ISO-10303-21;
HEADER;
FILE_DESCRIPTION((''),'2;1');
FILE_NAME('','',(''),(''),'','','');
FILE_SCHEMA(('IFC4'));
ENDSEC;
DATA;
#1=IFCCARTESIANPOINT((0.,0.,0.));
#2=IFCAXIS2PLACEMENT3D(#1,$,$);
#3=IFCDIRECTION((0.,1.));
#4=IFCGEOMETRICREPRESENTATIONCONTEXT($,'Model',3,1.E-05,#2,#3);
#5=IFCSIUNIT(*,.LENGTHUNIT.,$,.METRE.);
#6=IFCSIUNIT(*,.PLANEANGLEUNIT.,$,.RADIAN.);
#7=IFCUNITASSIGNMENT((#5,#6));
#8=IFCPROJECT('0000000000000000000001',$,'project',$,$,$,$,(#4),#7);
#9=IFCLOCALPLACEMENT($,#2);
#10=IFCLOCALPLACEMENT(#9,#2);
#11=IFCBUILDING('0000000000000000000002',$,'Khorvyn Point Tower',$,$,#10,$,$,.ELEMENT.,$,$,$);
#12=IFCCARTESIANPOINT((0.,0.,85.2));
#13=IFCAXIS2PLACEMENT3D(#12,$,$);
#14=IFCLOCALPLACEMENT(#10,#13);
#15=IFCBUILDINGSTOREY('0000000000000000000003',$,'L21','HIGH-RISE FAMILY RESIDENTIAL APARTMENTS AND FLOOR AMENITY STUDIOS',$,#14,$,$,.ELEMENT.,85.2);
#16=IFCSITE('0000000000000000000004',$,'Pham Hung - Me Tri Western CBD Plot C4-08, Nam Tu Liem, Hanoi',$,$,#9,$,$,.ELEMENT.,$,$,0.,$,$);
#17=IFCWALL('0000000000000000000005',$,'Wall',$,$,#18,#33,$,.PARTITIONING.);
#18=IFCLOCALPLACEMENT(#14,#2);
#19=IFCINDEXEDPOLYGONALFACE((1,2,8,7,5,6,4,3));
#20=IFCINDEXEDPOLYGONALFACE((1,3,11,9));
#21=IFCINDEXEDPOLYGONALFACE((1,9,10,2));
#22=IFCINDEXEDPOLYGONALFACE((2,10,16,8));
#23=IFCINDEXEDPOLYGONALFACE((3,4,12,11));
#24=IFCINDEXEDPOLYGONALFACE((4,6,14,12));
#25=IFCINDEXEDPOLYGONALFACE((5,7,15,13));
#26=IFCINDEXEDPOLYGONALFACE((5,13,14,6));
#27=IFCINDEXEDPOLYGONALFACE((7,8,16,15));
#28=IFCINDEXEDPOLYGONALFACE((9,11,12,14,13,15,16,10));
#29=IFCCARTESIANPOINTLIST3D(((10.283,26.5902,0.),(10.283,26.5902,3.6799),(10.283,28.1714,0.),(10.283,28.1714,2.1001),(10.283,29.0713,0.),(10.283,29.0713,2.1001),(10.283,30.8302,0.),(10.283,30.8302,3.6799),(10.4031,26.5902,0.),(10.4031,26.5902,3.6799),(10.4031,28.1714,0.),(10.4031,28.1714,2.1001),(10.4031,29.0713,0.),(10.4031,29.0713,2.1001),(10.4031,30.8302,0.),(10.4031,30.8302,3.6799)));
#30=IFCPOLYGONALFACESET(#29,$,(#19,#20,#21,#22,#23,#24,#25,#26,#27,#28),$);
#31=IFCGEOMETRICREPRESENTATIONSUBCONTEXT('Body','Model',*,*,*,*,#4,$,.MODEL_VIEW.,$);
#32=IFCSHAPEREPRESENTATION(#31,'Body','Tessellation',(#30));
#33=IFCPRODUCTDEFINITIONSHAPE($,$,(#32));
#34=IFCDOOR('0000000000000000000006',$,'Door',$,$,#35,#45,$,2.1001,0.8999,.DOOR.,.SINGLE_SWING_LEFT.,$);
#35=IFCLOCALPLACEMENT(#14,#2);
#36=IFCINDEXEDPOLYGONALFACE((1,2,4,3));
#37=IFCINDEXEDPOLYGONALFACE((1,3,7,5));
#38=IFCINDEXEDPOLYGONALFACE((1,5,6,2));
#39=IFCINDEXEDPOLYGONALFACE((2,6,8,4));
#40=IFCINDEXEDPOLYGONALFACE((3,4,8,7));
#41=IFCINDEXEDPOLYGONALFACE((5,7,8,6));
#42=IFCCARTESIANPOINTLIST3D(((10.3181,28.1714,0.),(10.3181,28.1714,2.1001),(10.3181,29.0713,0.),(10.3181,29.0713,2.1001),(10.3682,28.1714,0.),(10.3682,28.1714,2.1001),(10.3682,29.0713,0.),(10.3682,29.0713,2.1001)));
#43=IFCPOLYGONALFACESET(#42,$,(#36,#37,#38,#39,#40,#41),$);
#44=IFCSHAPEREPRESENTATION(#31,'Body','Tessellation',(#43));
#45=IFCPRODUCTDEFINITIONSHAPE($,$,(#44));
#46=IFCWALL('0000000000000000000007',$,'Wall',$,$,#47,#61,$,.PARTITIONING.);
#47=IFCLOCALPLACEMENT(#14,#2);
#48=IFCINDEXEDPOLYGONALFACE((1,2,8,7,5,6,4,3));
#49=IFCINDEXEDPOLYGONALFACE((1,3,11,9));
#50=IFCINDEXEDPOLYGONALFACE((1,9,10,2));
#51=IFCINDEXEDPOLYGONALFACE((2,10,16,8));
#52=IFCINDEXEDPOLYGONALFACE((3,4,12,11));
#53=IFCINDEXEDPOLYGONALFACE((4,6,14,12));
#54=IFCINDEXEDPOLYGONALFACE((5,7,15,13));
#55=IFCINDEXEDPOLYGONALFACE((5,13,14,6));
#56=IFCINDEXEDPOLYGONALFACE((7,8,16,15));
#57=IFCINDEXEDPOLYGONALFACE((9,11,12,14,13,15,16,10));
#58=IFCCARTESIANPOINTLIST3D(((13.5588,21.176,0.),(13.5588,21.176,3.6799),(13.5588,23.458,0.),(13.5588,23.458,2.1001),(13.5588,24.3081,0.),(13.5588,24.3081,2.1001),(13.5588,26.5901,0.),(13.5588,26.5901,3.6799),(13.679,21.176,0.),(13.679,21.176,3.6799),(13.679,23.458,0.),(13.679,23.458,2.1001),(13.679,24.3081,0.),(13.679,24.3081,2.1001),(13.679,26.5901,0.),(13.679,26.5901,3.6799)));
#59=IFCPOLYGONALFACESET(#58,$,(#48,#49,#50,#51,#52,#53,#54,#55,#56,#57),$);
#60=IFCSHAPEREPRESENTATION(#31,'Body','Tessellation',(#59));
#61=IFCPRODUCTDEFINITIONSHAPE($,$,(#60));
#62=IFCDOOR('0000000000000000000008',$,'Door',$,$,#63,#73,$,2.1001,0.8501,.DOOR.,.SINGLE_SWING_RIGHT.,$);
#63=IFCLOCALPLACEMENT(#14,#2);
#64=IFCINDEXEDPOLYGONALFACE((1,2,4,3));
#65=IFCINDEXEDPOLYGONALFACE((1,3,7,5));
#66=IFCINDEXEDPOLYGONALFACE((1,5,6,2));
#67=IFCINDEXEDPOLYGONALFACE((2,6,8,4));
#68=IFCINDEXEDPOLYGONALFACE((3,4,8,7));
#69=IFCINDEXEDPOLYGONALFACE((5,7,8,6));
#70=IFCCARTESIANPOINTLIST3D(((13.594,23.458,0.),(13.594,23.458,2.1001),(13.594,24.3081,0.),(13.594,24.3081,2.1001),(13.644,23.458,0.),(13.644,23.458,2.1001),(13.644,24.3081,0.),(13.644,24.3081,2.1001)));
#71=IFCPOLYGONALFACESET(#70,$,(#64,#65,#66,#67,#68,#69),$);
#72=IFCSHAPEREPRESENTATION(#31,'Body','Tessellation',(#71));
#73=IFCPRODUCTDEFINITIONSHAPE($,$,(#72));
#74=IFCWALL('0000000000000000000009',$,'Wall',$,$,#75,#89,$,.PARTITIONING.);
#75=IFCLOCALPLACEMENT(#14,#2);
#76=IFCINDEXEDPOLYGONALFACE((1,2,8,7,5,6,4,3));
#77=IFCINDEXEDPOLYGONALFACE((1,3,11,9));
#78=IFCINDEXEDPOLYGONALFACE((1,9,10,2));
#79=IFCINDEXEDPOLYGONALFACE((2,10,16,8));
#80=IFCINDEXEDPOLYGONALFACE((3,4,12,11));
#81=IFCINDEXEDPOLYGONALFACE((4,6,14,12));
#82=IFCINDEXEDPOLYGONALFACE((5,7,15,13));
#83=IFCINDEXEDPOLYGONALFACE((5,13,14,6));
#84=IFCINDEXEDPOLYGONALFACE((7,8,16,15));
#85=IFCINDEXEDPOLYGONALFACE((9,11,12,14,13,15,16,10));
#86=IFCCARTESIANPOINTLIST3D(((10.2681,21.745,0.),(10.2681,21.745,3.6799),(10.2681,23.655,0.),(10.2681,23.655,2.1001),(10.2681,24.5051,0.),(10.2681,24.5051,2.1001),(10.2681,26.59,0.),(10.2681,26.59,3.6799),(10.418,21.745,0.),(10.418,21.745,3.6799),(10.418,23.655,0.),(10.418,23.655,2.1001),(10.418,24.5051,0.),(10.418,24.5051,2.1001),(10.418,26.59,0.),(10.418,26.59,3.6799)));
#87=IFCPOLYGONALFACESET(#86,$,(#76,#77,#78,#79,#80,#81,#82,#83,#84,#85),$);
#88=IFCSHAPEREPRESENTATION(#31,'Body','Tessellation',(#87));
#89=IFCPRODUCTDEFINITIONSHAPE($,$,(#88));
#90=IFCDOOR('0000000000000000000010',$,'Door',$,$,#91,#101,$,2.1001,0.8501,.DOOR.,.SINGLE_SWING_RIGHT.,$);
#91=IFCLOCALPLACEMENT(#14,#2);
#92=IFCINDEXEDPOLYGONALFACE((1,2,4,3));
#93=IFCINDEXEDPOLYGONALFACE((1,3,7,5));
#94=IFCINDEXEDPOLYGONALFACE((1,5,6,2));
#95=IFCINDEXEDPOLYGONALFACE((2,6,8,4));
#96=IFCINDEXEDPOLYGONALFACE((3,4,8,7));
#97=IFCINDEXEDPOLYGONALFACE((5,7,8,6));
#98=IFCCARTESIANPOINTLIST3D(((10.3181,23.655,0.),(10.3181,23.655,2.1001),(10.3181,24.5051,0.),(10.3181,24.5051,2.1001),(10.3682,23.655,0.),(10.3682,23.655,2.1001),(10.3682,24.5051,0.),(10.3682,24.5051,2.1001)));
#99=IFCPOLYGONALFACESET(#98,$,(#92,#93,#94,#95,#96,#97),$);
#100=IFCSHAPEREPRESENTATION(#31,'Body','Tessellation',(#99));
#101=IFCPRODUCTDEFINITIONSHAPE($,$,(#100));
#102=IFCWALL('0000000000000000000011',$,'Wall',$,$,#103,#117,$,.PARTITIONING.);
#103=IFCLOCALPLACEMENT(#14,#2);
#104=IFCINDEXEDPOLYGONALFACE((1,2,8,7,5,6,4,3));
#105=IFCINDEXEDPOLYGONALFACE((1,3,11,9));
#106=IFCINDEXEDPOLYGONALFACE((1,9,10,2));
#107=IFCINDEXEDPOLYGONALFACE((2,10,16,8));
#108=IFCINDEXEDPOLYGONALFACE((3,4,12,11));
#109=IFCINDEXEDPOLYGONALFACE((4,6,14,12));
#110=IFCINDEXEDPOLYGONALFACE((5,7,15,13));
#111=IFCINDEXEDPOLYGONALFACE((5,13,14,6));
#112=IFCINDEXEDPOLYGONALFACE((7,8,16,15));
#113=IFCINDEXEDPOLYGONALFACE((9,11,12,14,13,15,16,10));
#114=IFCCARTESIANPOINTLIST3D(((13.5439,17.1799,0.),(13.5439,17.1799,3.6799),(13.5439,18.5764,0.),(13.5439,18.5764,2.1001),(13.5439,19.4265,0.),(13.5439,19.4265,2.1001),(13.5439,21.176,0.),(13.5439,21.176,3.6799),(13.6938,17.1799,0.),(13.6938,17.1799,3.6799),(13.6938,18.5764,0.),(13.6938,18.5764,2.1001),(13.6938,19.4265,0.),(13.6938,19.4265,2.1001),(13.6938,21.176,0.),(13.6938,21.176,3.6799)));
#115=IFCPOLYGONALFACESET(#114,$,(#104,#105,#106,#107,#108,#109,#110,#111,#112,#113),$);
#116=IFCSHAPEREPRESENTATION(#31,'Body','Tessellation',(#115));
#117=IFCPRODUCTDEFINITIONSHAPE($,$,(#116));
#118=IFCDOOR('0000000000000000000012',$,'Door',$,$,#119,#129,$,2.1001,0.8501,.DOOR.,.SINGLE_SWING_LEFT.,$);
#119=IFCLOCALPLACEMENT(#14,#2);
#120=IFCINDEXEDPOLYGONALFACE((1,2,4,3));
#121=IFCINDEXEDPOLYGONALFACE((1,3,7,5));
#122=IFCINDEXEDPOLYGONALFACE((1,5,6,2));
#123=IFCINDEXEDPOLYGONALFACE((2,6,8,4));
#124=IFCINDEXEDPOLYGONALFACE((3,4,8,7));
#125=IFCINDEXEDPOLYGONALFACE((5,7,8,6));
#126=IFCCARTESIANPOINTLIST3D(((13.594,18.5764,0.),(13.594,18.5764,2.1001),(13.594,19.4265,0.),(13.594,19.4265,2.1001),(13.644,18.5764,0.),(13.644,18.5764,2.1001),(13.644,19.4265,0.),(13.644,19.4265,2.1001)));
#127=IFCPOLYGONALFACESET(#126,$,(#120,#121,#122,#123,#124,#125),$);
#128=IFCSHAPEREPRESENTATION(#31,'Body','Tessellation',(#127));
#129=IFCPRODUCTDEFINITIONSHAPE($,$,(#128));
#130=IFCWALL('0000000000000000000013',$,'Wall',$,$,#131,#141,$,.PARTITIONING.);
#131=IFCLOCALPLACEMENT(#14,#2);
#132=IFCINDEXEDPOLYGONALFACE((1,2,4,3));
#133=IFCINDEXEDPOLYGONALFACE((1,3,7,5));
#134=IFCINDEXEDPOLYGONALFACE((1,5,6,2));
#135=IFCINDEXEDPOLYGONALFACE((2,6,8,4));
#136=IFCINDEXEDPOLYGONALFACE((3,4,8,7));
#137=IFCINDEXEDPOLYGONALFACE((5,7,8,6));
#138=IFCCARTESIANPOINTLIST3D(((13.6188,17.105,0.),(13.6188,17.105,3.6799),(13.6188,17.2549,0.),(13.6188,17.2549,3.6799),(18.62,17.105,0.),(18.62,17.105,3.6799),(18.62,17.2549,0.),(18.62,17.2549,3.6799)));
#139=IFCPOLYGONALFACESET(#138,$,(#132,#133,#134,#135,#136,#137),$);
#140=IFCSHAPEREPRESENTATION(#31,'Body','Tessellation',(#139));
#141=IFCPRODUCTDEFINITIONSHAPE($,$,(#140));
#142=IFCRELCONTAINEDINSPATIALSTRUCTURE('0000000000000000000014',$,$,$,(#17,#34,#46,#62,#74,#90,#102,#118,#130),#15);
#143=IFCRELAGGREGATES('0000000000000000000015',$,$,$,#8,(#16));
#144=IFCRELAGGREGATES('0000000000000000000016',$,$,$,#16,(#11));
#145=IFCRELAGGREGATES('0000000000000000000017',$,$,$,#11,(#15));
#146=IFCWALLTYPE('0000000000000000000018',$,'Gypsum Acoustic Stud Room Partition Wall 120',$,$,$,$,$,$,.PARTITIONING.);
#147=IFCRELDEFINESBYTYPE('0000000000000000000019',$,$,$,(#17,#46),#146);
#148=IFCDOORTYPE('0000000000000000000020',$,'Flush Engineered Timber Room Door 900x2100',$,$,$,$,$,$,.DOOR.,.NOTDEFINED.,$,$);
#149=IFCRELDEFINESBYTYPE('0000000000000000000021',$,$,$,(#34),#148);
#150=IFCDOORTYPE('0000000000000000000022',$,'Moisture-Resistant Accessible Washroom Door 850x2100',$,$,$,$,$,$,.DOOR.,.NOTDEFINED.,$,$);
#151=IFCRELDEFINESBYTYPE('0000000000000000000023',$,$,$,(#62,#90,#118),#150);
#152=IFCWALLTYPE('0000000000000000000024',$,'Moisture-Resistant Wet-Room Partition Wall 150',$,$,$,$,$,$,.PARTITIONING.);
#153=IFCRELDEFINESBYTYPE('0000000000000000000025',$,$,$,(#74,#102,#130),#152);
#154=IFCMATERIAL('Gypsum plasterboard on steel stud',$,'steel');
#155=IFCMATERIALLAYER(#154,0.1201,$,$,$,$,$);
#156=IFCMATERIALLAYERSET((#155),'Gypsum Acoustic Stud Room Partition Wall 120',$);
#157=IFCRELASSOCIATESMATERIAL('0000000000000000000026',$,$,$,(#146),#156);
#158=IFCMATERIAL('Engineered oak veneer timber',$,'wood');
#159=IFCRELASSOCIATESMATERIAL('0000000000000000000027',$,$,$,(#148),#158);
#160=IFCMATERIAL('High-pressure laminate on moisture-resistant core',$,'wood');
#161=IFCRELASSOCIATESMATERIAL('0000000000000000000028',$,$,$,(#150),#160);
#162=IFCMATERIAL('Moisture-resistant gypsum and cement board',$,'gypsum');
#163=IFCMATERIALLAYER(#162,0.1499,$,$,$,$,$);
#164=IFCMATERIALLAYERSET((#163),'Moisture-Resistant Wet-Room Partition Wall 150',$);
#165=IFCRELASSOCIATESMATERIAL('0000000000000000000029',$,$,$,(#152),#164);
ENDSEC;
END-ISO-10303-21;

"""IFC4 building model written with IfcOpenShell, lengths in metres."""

from ifc_helpers import new_model, si_unit, direction, frame, frame_2d, origin, place, context, subcontext, project, spatial, rectangle, extrude, material, layer, layer_set, type_object, element, fill, save


model = new_model("IFC4")

# Units and contexts
model_context = context("Model", 3, precision=1e-05, world=origin(), true_north=direction((0.0, 1.0)))
body_context = subcontext(model_context, "Body", "Model", "MODEL_VIEW")
ifc_project = project(units=[si_unit("LENGTHUNIT", "METRE"), si_unit("PLANEANGLEUNIT", "RADIAN")], contexts=[model_context])

# Site, building, storey
site_placement = place(None, origin())
site = spatial("IfcSite", under=ifc_project, at=site_placement, Name="Pham Hung - Me Tri Western CBD Plot C4-08, Nam Tu Liem, Hanoi", CompositionType="ELEMENT", RefElevation=0.0)
building_placement = place(site_placement, origin())
building = spatial("IfcBuilding", under=site, at=building_placement, Name="Khorvyn Point Tower", CompositionType="ELEMENT")
storey_placement = place(building_placement, frame((0.0, 0.0, 85.2)))
storey = spatial("IfcBuildingStorey", under=building, at=storey_placement, Name="L21", Description="HIGH-RISE FAMILY RESIDENTIAL APARTMENTS AND FLOOR AMENITY STUDIOS", CompositionType="ELEMENT", Elevation=85.2)

# Walls, openings, doors
ifc_material_1 = material(Name="Gypsum plasterboard on steel stud", Category="steel")
ifc_layer_1 = layer(ifc_material_1, 0.1201)
ifc_layer_set_1 = layer_set([ifc_layer_1], Name="Gypsum Acoustic Stud Room Partition Wall 120")
wall_type_1 = type_object("IfcWallType", Name="Gypsum Acoustic Stud Room Partition Wall 120", PredefinedType="PARTITIONING", material=ifc_layer_set_1)
wall_1_placement = place(storey_placement, frame((10.343, 26.5901, 0.0), z_axis=(0.0, 0.0, 1.0), x_axis=(0.0, 1.0, 0.0)))
wall_1 = element("IfcWall", 1, at=wall_1_placement, inside=storey, type_object=wall_type_1, Name="Wall", PredefinedType="PARTITIONING", context=body_context, shape_type="SweptSolid", body=[
    extrude(rectangle(XDim=4.24, YDim=0.1201, at=frame_2d((2.1201, 0.0))), origin(), (0.0, 0.0, 1.0), 3.6799),
])
opening_1_placement = place(wall_1_placement, frame((1.5813, 0.0, 0.0)))
opening_1 = element("IfcOpeningElement", 2, at=opening_1_placement, cuts=wall_1, PredefinedType="OPENING", context=body_context, shape_type="SweptSolid", body=[
    extrude(rectangle(XDim=0.8999, YDim=2.1001, at=frame_2d((0.45, 1.05))), frame((0.0, 0.0701, 0.0), z_axis=(0.0, -1.0, 0.0), x_axis=(1.0, 0.0, 0.0)), (0.0, 0.0, 1.0), 0.1401),
])
ifc_material_2 = material(Name="Engineered oak veneer timber", Category="wood")
door_type_1 = type_object("IfcDoorType", Name="Flush Engineered Timber Room Door 900x2100", OperationType="NOTDEFINED", PredefinedType="DOOR", material=ifc_material_2)
door_1_placement = place(opening_1_placement, origin())
door_1 = element("IfcDoor", 3, at=door_1_placement, inside=storey, type_object=door_type_1, Name="Door", OperationType="SINGLE_SWING_LEFT", OverallHeight=2.1001, OverallWidth=0.8999, PredefinedType="DOOR", context=body_context, shape_type="SweptSolid", body=[
    extrude(rectangle(XDim=0.8999, YDim=2.1001, at=frame_2d((0.45, 1.05))), frame((0.0, 0.0249, 0.0), z_axis=(0.0, -1.0, 0.0), x_axis=(1.0, 0.0, 0.0)), (0.0, 0.0, 1.0), 0.05),
])
fill(opening_1, door_1)
wall_2_placement = place(storey_placement, frame((13.6189, 21.176, 0.0), z_axis=(0.0, 0.0, 1.0), x_axis=(0.0, 1.0, 0.0)))
wall_2 = element("IfcWall", 4, at=wall_2_placement, inside=storey, type_object=wall_type_1, Name="Wall", PredefinedType="PARTITIONING", context=body_context, shape_type="SweptSolid", body=[
    extrude(rectangle(XDim=5.4141, YDim=0.1201, at=frame_2d((2.707, 0.0))), origin(), (0.0, 0.0, 1.0), 3.6799),
])
opening_2_placement = place(wall_2_placement, frame((2.282, 0.0, 0.0)))
opening_2 = element("IfcOpeningElement", 5, at=opening_2_placement, cuts=wall_2, PredefinedType="OPENING", context=body_context, shape_type="SweptSolid", body=[
    extrude(rectangle(XDim=0.8501, YDim=2.1001, at=frame_2d((0.425, 1.05))), frame((0.0, 0.0701, 0.0), z_axis=(0.0, -1.0, 0.0), x_axis=(1.0, 0.0, 0.0)), (0.0, 0.0, 1.0), 0.1401),
])
ifc_material_3 = material(Name="High-pressure laminate on moisture-resistant core", Category="wood")
door_type_2 = type_object("IfcDoorType", Name="Moisture-Resistant Accessible Washroom Door 850x2100", OperationType="NOTDEFINED", PredefinedType="DOOR", material=ifc_material_3)
door_2_placement = place(opening_2_placement, origin())
door_2 = element("IfcDoor", 6, at=door_2_placement, inside=storey, type_object=door_type_2, Name="Door", OperationType="SINGLE_SWING_RIGHT", OverallHeight=2.1001, OverallWidth=0.8501, PredefinedType="DOOR", context=body_context, shape_type="SweptSolid", body=[
    extrude(rectangle(XDim=0.8501, YDim=2.1001, at=frame_2d((0.425, 1.05))), frame((0.0, 0.0249, 0.0), z_axis=(0.0, -1.0, 0.0), x_axis=(1.0, 0.0, 0.0)), (0.0, 0.0, 1.0), 0.05),
])
fill(opening_2, door_2)
ifc_material_4 = material(Name="Moisture-resistant gypsum and cement board", Category="gypsum")
ifc_layer_2 = layer(ifc_material_4, 0.1499)
ifc_layer_set_2 = layer_set([ifc_layer_2], Name="Moisture-Resistant Wet-Room Partition Wall 150")
wall_type_2 = type_object("IfcWallType", Name="Moisture-Resistant Wet-Room Partition Wall 150", PredefinedType="PARTITIONING", material=ifc_layer_set_2)
wall_3_placement = place(storey_placement, frame((10.343, 21.7451, 0.0), z_axis=(0.0, 0.0, 1.0), x_axis=(0.0, 1.0, 0.0)))
wall_3 = element("IfcWall", 7, at=wall_3_placement, inside=storey, type_object=wall_type_2, Name="Wall", PredefinedType="PARTITIONING", context=body_context, shape_type="SweptSolid", body=[
    extrude(rectangle(XDim=4.845, YDim=0.1499, at=frame_2d((2.4224, 0.0))), origin(), (0.0, 0.0, 1.0), 3.6799),
])
opening_3_placement = place(wall_3_placement, frame((1.9099, 0.0, 0.0)))
opening_3 = element("IfcOpeningElement", 8, at=opening_3_placement, cuts=wall_3, PredefinedType="OPENING", context=body_context, shape_type="SweptSolid", body=[
    extrude(rectangle(XDim=0.8501, YDim=2.1001, at=frame_2d((0.425, 1.05))), frame((0.0, 0.085, 0.0), z_axis=(0.0, -1.0, 0.0), x_axis=(1.0, 0.0, 0.0)), (0.0, 0.0, 1.0), 0.1699),
])
door_3_placement = place(opening_3_placement, origin())
door_3 = element("IfcDoor", 9, at=door_3_placement, inside=storey, type_object=door_type_2, Name="Door", OperationType="SINGLE_SWING_RIGHT", OverallHeight=2.1001, OverallWidth=0.8501, PredefinedType="DOOR", context=body_context, shape_type="SweptSolid", body=[
    extrude(rectangle(XDim=0.8501, YDim=2.1001, at=frame_2d((0.425, 1.05))), frame((0.0, 0.0249, 0.0), z_axis=(0.0, -1.0, 0.0), x_axis=(1.0, 0.0, 0.0)), (0.0, 0.0, 1.0), 0.05),
])
fill(opening_3, door_3)
wall_4_placement = place(storey_placement, frame((13.6189, 17.1799, 0.0), z_axis=(0.0, 0.0, 1.0), x_axis=(0.0, 1.0, 0.0)))
wall_4 = element("IfcWall", 10, at=wall_4_placement, inside=storey, type_object=wall_type_2, Name="Wall", PredefinedType="PARTITIONING", context=body_context, shape_type="SweptSolid", body=[
    extrude(rectangle(XDim=3.9961, YDim=0.1499, at=frame_2d((1.998, 0.0))), origin(), (0.0, 0.0, 1.0), 3.6799),
])
opening_4_placement = place(wall_4_placement, frame((1.3965, 0.0, 0.0)))
opening_4 = element("IfcOpeningElement", 11, at=opening_4_placement, cuts=wall_4, PredefinedType="OPENING", context=body_context, shape_type="SweptSolid", body=[
    extrude(rectangle(XDim=0.8501, YDim=2.1001, at=frame_2d((0.425, 1.05))), frame((0.0, 0.085, 0.0), z_axis=(0.0, -1.0, 0.0), x_axis=(1.0, 0.0, 0.0)), (0.0, 0.0, 1.0), 0.1699),
])
door_4_placement = place(opening_4_placement, origin())
door_4 = element("IfcDoor", 12, at=door_4_placement, inside=storey, type_object=door_type_2, Name="Door", OperationType="SINGLE_SWING_LEFT", OverallHeight=2.1001, OverallWidth=0.8501, PredefinedType="DOOR", context=body_context, shape_type="SweptSolid", body=[
    extrude(rectangle(XDim=0.8501, YDim=2.1001, at=frame_2d((0.425, 1.05))), frame((0.0, 0.0249, 0.0), z_axis=(0.0, -1.0, 0.0), x_axis=(1.0, 0.0, 0.0)), (0.0, 0.0, 1.0), 0.05),
])
fill(opening_4, door_4)

# Wall
wall_5_placement = place(storey_placement, frame((13.6189, 17.1799, 0.0), z_axis=(0.0, 0.0, 1.0), x_axis=(1.0, 0.0, 0.0)))
element("IfcWall", 13, at=wall_5_placement, inside=storey, type_object=wall_type_2, Name="Wall", PredefinedType="PARTITIONING", context=body_context, shape_type="SweptSolid", body=[
    extrude(rectangle(XDim=5.0012, YDim=0.1499, at=frame_2d((2.5005, 0.0))), origin(), (0.0, 0.0, 1.0), 3.6799),
])

save(model, "model.ifc")
